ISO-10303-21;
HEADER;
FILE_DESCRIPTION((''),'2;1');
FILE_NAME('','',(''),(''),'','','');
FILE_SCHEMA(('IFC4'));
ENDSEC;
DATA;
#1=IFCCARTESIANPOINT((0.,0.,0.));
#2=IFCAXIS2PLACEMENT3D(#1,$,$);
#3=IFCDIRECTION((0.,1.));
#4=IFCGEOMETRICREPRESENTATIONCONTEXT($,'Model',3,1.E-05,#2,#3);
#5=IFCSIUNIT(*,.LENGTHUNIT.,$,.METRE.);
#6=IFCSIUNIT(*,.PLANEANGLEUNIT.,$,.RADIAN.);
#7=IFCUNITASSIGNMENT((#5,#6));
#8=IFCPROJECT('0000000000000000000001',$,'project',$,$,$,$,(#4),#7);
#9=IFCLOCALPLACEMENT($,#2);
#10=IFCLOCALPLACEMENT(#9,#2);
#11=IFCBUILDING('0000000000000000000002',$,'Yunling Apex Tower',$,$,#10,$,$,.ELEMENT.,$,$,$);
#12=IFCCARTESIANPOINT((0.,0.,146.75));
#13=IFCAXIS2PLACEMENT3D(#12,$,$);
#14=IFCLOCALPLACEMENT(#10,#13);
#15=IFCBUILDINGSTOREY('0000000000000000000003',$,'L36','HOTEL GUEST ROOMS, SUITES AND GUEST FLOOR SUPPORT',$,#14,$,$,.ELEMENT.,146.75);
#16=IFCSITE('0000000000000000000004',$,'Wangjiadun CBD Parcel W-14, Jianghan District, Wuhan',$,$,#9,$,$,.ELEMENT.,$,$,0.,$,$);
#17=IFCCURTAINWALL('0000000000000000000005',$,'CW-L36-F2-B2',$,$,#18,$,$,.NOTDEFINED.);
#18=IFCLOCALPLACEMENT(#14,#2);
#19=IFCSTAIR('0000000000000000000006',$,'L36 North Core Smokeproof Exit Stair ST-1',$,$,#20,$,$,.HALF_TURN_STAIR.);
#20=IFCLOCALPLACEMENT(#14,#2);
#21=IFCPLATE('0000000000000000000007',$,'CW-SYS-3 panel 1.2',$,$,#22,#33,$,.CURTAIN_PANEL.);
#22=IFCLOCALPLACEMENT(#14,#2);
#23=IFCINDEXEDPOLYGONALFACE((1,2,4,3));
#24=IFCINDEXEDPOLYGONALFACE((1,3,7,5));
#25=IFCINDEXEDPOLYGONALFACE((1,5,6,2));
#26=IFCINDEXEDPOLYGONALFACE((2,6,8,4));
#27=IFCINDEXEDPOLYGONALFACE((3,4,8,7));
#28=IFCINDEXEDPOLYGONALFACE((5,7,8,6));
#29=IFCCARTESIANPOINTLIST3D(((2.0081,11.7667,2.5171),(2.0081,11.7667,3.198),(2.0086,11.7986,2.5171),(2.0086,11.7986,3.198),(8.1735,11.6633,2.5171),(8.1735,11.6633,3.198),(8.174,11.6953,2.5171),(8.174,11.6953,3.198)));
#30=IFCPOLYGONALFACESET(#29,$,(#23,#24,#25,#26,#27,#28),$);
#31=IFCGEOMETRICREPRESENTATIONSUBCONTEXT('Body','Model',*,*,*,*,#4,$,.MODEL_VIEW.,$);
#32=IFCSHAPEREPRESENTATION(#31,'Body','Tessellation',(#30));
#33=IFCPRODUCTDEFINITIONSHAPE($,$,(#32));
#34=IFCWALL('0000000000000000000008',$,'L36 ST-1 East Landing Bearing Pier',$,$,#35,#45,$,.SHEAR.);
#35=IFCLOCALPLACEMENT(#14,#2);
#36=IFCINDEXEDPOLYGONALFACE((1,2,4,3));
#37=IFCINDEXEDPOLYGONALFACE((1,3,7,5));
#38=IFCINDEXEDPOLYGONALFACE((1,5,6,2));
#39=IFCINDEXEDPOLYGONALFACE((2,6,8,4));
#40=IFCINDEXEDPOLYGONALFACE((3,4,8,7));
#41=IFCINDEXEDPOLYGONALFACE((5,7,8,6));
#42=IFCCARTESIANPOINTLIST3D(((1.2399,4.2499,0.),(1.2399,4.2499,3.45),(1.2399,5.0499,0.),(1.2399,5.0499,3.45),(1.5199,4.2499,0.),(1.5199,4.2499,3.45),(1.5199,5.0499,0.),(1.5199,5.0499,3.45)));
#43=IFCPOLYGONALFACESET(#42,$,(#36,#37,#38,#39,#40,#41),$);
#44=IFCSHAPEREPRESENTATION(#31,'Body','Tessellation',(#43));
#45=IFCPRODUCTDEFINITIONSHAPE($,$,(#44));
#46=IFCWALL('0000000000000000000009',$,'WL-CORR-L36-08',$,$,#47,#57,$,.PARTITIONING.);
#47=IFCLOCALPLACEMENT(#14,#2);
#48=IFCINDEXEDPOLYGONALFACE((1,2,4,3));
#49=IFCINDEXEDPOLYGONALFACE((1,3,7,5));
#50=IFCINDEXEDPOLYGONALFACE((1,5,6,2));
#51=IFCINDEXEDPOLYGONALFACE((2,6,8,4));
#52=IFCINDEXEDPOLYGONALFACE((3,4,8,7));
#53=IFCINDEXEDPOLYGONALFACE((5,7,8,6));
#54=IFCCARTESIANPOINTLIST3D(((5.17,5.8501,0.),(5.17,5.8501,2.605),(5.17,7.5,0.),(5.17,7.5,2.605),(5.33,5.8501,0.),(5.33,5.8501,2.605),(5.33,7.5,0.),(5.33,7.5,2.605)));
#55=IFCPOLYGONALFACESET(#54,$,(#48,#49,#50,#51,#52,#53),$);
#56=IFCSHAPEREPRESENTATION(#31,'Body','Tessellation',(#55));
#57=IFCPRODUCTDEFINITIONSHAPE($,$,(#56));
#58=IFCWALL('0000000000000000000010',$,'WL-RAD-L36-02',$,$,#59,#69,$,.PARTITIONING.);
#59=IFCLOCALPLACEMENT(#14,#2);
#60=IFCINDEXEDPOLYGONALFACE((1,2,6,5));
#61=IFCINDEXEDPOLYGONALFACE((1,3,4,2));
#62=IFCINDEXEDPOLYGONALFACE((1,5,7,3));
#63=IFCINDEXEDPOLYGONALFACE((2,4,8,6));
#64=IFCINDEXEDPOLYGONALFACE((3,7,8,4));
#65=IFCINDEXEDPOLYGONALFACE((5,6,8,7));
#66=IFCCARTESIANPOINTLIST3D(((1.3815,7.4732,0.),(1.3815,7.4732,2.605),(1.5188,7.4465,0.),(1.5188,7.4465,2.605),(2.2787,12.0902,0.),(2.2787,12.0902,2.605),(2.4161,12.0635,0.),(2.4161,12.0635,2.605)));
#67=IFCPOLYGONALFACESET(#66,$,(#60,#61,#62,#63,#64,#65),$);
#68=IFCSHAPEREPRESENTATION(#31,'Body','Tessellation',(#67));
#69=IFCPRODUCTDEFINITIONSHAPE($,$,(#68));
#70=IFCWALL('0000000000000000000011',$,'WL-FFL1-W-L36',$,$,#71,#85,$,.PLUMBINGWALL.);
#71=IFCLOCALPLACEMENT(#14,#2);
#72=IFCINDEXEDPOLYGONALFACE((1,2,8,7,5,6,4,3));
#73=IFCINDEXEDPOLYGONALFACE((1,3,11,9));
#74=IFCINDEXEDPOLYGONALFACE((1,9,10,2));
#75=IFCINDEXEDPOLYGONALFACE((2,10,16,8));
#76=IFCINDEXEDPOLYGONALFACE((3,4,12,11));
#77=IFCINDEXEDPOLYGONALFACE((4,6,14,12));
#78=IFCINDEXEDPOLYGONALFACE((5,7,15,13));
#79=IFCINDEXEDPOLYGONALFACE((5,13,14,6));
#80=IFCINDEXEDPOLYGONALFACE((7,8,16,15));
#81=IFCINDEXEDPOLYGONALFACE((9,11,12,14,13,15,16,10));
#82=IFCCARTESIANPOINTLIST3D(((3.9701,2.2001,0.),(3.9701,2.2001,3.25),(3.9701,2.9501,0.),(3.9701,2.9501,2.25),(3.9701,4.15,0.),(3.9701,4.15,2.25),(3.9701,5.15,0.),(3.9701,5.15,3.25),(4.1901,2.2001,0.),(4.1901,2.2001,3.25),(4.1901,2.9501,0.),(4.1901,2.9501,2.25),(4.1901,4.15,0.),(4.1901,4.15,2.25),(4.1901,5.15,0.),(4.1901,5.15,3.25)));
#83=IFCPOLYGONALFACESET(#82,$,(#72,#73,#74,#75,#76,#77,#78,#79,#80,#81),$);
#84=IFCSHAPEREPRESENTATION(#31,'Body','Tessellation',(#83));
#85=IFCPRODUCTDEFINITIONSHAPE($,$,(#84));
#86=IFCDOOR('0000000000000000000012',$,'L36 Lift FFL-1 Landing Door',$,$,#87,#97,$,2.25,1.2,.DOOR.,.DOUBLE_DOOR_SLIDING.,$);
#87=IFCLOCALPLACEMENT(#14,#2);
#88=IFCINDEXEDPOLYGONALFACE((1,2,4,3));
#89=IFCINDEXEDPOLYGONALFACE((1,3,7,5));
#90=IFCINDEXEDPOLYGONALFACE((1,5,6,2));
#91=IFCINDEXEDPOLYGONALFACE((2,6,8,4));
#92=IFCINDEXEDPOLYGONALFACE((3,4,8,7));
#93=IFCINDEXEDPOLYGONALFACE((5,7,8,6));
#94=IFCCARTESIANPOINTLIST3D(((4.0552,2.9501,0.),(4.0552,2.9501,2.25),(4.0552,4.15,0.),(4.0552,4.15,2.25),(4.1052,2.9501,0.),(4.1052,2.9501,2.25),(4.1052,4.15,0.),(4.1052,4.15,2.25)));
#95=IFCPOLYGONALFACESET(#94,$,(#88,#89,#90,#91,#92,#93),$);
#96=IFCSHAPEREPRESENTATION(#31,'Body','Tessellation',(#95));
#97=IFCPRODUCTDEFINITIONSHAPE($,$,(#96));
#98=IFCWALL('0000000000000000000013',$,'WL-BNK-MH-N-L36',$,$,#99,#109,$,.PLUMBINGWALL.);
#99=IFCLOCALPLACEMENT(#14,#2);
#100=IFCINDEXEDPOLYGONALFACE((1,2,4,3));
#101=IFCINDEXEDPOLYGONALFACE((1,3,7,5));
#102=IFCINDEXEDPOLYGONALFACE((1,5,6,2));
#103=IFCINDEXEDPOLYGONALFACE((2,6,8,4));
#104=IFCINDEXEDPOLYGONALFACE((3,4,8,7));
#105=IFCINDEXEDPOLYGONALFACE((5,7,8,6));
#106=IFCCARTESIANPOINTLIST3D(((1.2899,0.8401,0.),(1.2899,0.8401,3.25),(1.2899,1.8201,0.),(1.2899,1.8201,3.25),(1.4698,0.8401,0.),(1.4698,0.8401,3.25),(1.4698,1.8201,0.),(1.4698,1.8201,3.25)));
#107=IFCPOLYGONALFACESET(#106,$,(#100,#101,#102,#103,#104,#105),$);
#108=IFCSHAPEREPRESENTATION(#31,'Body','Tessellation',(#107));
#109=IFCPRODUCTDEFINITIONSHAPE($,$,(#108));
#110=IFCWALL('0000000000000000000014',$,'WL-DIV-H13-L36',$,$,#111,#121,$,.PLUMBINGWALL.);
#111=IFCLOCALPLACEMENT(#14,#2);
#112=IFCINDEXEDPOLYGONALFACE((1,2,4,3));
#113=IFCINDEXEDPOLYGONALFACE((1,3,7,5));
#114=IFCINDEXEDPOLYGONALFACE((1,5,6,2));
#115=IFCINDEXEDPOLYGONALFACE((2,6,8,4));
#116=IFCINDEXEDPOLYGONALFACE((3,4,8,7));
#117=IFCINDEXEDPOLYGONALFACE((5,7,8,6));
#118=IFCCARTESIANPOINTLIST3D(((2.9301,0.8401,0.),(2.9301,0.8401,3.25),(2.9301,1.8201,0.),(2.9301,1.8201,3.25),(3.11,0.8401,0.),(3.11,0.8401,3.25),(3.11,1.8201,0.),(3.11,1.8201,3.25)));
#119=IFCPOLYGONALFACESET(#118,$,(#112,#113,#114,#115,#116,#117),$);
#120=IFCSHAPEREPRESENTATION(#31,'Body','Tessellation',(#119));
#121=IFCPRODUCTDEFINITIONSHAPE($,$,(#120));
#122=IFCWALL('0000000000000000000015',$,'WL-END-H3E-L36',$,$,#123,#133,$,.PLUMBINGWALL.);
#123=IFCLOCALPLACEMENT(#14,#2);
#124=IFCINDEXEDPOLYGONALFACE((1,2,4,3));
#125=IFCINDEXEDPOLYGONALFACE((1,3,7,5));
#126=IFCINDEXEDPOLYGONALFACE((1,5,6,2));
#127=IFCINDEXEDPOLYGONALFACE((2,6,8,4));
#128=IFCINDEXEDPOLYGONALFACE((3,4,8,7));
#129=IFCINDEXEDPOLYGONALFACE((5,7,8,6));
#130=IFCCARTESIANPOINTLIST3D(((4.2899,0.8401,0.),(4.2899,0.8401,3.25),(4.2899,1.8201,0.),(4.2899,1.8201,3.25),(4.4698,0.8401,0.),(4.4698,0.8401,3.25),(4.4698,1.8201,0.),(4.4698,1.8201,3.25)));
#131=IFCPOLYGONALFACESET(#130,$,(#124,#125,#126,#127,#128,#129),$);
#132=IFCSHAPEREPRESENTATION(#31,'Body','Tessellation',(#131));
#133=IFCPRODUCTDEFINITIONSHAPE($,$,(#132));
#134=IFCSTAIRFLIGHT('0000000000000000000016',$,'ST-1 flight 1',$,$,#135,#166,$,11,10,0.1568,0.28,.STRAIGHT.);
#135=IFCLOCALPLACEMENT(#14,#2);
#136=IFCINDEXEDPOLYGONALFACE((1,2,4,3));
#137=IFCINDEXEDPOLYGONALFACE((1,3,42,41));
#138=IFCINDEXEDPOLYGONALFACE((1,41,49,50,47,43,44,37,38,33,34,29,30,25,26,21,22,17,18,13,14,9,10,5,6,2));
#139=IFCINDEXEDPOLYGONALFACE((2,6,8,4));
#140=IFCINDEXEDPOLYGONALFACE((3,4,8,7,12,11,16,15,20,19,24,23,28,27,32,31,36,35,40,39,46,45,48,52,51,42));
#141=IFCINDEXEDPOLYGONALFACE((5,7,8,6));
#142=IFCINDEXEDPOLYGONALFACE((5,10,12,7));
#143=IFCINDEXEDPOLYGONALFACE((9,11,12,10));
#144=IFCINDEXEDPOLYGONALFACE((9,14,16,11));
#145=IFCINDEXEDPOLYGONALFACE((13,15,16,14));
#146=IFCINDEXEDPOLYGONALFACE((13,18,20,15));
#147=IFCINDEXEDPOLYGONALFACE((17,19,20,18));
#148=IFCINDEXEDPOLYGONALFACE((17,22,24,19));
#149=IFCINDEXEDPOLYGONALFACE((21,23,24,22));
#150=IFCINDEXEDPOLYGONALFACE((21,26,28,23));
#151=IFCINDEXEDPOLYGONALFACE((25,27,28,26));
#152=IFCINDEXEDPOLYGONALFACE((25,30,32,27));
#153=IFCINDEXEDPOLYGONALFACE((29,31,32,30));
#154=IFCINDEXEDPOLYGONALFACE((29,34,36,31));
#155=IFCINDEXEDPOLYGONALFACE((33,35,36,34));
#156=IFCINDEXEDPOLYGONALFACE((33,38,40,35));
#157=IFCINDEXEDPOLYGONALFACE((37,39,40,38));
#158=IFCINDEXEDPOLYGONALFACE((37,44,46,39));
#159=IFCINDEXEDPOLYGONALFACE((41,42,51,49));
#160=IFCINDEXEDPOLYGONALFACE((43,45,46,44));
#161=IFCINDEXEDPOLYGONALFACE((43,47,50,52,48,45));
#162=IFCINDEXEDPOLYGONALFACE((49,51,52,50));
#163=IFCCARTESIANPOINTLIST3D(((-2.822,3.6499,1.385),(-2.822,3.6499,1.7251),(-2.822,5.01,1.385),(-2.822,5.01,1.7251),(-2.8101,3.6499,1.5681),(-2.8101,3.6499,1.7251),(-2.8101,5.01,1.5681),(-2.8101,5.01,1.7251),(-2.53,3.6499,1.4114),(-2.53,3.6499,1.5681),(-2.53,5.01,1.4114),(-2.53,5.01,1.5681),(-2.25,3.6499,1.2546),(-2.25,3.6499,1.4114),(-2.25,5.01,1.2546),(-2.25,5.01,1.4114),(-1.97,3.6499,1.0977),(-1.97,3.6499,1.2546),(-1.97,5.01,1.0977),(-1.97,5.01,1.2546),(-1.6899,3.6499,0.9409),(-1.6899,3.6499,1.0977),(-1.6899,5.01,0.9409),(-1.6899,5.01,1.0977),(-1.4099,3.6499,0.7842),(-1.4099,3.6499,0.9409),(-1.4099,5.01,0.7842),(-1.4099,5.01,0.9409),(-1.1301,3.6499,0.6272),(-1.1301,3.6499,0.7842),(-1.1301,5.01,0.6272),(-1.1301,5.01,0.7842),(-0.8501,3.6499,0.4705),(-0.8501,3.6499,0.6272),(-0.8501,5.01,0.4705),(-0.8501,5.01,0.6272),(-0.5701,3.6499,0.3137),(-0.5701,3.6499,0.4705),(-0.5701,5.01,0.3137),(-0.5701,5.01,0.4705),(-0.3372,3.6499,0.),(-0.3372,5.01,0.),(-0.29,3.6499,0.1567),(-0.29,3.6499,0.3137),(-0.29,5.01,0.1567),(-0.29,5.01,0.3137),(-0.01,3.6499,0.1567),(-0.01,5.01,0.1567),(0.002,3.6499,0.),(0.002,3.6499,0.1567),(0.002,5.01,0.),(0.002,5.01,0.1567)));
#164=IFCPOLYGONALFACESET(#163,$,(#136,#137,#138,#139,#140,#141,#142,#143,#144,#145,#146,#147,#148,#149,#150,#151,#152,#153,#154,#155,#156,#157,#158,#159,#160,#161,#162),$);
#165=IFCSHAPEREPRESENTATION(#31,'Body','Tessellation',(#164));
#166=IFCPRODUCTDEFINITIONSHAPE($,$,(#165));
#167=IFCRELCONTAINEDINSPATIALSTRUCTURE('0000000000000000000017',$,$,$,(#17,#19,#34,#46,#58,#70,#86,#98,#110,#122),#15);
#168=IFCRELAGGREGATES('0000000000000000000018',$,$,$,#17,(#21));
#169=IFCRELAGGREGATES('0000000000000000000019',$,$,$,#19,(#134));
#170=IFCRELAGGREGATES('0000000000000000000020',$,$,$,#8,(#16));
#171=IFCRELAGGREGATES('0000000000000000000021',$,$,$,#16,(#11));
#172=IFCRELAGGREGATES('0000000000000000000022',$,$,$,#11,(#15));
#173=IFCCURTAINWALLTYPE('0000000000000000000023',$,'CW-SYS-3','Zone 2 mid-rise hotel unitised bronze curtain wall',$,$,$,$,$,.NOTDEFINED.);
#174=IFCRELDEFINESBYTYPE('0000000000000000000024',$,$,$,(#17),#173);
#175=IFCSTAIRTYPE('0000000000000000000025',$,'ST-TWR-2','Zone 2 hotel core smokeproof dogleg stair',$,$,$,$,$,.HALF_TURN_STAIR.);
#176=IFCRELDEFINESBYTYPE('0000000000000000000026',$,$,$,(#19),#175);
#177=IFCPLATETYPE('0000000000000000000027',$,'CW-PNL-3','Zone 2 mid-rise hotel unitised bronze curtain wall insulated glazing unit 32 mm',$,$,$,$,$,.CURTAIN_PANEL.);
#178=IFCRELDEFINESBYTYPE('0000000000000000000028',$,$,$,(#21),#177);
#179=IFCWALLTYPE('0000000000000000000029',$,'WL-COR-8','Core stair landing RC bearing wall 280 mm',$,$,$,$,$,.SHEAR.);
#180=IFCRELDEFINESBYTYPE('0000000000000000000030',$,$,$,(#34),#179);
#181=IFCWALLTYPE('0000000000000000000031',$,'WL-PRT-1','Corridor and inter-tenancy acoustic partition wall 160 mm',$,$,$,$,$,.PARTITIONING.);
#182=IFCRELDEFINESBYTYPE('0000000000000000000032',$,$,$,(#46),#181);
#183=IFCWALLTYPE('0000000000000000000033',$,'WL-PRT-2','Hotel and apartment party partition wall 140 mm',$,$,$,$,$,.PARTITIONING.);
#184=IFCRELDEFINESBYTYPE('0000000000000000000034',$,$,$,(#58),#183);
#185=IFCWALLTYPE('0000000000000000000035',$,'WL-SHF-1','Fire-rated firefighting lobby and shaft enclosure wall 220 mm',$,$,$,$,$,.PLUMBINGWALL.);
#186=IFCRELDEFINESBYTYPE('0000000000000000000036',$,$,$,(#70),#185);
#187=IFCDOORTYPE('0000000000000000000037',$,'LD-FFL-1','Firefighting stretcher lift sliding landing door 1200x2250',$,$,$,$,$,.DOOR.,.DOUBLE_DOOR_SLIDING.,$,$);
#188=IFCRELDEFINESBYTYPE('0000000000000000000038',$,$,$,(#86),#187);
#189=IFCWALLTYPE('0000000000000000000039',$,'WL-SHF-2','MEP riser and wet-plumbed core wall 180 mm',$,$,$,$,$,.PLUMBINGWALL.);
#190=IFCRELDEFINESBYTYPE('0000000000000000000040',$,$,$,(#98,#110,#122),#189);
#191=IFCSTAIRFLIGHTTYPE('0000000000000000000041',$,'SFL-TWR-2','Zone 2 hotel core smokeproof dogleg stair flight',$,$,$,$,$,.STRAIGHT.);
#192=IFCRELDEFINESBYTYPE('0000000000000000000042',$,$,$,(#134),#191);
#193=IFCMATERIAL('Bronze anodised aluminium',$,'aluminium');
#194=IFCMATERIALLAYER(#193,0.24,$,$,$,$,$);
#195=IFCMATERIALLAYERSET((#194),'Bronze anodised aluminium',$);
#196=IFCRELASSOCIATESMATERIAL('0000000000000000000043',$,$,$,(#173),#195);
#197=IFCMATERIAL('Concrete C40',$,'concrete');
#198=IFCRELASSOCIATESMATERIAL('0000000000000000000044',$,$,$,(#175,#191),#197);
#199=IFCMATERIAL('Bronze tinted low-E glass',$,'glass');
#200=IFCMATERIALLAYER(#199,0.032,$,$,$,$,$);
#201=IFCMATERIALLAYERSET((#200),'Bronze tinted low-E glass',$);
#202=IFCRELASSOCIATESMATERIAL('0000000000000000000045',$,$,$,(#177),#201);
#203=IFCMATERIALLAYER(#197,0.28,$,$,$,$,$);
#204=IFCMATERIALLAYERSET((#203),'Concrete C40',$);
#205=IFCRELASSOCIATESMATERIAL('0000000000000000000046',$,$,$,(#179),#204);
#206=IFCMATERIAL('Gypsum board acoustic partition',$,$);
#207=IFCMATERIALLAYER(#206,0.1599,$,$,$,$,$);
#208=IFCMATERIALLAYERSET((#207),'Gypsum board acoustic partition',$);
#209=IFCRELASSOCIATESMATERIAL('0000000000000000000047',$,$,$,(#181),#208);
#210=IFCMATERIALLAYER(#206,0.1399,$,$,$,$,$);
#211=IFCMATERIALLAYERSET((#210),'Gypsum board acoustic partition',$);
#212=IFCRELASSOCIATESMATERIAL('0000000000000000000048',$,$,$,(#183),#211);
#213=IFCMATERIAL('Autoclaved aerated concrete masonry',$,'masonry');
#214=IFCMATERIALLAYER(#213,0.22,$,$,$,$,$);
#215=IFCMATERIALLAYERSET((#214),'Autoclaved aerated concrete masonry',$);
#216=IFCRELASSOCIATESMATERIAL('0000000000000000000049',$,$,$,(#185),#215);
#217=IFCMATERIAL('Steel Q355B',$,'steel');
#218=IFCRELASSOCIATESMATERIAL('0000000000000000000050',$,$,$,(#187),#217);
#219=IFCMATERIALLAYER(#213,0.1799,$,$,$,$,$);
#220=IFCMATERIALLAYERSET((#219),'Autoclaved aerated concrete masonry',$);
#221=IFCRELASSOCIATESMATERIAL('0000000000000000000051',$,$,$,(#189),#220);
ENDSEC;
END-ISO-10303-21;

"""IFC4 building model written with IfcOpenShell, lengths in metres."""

from ifc_helpers import new_model, si_unit, direction, frame, frame_2d, origin, origin_2d, place, context, subcontext, project, spatial, polyline, rectangle, outline, extrude, source, transform, mapped, material, layer, layer_set, type_object, element, fill, aggregate, save


model = new_model("IFC4")

# Units and contexts
model_context = context("Model", 3, precision=1e-05, world=origin(), true_north=direction((0.0, 1.0)))
body_context = subcontext(model_context, "Body", "Model", "MODEL_VIEW")
ifc_project = project(units=[si_unit("LENGTHUNIT", "METRE"), si_unit("PLANEANGLEUNIT", "RADIAN")], contexts=[model_context])

# Site, building, storey
site_placement = place(None, origin())
site = spatial("IfcSite", under=ifc_project, at=site_placement, Name="Wangjiadun CBD Parcel W-14, Jianghan District, Wuhan", CompositionType="ELEMENT", RefElevation=0.0)
building_placement = place(site_placement, origin())
building = spatial("IfcBuilding", under=site, at=building_placement, Name="Yunling Apex Tower", CompositionType="ELEMENT")
storey_placement = place(building_placement, frame((0.0, 0.0, 146.75)))
storey = spatial("IfcBuildingStorey", under=building, at=storey_placement, Name="L36", Description="HOTEL GUEST ROOMS, SUITES AND GUEST FLOOR SUPPORT", CompositionType="ELEMENT", Elevation=146.75)

# Shared definitions
ifc_material_1 = material(Name="Steel Q355B", Category="steel")

# Curtain wall
ifc_material_2 = material(Name="Bronze anodised aluminium", Category="aluminium")
ifc_layer_1 = layer(ifc_material_2, 0.24)
ifc_layer_set_1 = layer_set([ifc_layer_1], Name="Bronze anodised aluminium")
curtain_wall_type = type_object("IfcCurtainWallType", Name="CW-SYS-3", Description="Zone 2 mid-rise hotel unitised bronze curtain wall", PredefinedType="NOTDEFINED", material=ifc_layer_set_1)
curtain_wall_1_placement = place(storey_placement, origin())
curtain_wall_1 = element("IfcCurtainWall", 1, at=curtain_wall_1_placement, inside=storey, type_object=curtain_wall_type, Name="CW-L36-F2-B2", PredefinedType="NOTDEFINED")

# Shared definitions
ifc_material_3 = material(Name="Concrete C40", Category="concrete")

# Stair
stair_type = type_object("IfcStairType", Name="ST-TWR-2", Description="Zone 2 hotel core smokeproof dogleg stair", PredefinedType="HALF_TURN_STAIR", material=ifc_material_3)
stair_1_placement = place(storey_placement, origin())
stair_1 = element("IfcStair", 2, at=stair_1_placement, inside=storey, type_object=stair_type, Name="L36 North Core Smokeproof Exit Stair ST-1", PredefinedType="HALF_TURN_STAIR")

# Plate
ifc_material_4 = material(Name="Bronze tinted low-E glass", Category="glass")
ifc_layer_2 = layer(ifc_material_4, 0.032)
ifc_layer_set_2 = layer_set([ifc_layer_2], Name="Bronze tinted low-E glass")
plate_type_1 = type_object("IfcPlateType", Name="CW-PNL-3", Description="Zone 2 mid-rise hotel unitised bronze curtain wall insulated glazing unit 32 mm", PredefinedType="CURTAIN_PANEL", material=ifc_layer_set_2)
shared_shape_1 = source(origin(), body_context, "Body", "SweptSolid", [
    extrude(rectangle(XDim=6.1663, YDim=0.032, at=origin_2d()), origin(), (0.0, 0.0, 1.0), 0.6809),
])
plate_1_placement = place(storey_placement, frame((5.0911, 11.731, 2.5171), z_axis=(0.0, 0.0, 1.0), x_axis=(-0.999859, 0.016767, 0.0)))
plate_1 = element("IfcPlate", 3, at=plate_1_placement, type_object=plate_type_1, Name="CW-SYS-3 panel 1.2", PredefinedType="CURTAIN_PANEL", context=body_context, shape_type="MappedRepresentation", body=[
    mapped(shared_shape_1, transform((0.0, 0.0, 0.0), scale=1.0)),
])
aggregate(curtain_wall_1, [plate_1])

# Walls
ifc_layer_3 = layer(ifc_material_3, 0.28)
ifc_layer_set_3 = layer_set([ifc_layer_3], Name="Concrete C40")
wall_type_1 = type_object("IfcWallType", Name="WL-COR-8", Description="Core stair landing RC bearing wall 280 mm", PredefinedType="SHEAR", material=ifc_layer_set_3)
wall_1_placement = place(storey_placement, frame((1.3799, 4.25, 0.0), z_axis=(0.0, 0.0, 1.0), x_axis=(0.0, 1.0, 0.0)))
element("IfcWall", 4, at=wall_1_placement, inside=storey, type_object=wall_type_1, Name="L36 ST-1 East Landing Bearing Pier", PredefinedType="SHEAR", context=body_context, shape_type="SweptSolid", body=[
    extrude(rectangle(XDim=0.8, YDim=0.28, at=frame_2d((0.3999, 0.0))), origin(), (0.0, 0.0, 1.0), 3.45),
])
ifc_material_5 = material(Name="Gypsum board acoustic partition")
ifc_layer_4 = layer(ifc_material_5, 0.1599)
ifc_layer_set_4 = layer_set([ifc_layer_4], Name="Gypsum board acoustic partition")
wall_type_2 = type_object("IfcWallType", Name="WL-PRT-1", Description="Corridor and inter-tenancy acoustic partition wall 160 mm", PredefinedType="PARTITIONING", material=ifc_layer_set_4)
wall_2_placement = place(storey_placement, frame((5.25, 7.5, 0.0), z_axis=(0.0, 0.0, 1.0), x_axis=(0.0, -1.0, 0.0)))
element("IfcWall", 5, at=wall_2_placement, inside=storey, type_object=wall_type_2, Name="WL-CORR-L36-08", PredefinedType="PARTITIONING", context=body_context, shape_type="SweptSolid", body=[
    extrude(rectangle(XDim=1.6499, YDim=0.1599, at=frame_2d((0.825, 0.0))), origin(), (0.0, 0.0, 1.0), 2.605),
])
ifc_layer_5 = layer(ifc_material_5, 0.1399)
ifc_layer_set_5 = layer_set([ifc_layer_5], Name="Gypsum board acoustic partition")
wall_type_3 = type_object("IfcWallType", Name="WL-PRT-2", Description="Hotel and apartment party partition wall 140 mm", PredefinedType="PARTITIONING", material=ifc_layer_set_5)
wall_3_placement = place(storey_placement, frame((1.4502, 7.46, 0.0), z_axis=(0.0, 0.0, 1.0), x_axis=(0.190763, 0.981636, 0.0)))
element("IfcWall", 6, at=wall_3_placement, inside=storey, type_object=wall_type_3, Name="WL-RAD-L36-02", PredefinedType="PARTITIONING", context=body_context, shape_type="SweptSolid", body=[
    extrude(rectangle(XDim=4.7034, YDim=0.1399, at=frame_2d((2.3516, 0.0))), origin(), (0.0, 0.0, 1.0), 2.605),
])

# Wall, opening, door
ifc_material_6 = material(Name="Autoclaved aerated concrete masonry", Category="masonry")
ifc_layer_6 = layer(ifc_material_6, 0.22)
ifc_layer_set_6 = layer_set([ifc_layer_6], Name="Autoclaved aerated concrete masonry")
wall_type_4 = type_object("IfcWallType", Name="WL-SHF-1", Description="Fire-rated firefighting lobby and shaft enclosure wall 220 mm", PredefinedType="PLUMBINGWALL", material=ifc_layer_set_6)
wall_4_placement = place(storey_placement, frame((4.0801, 2.2, 0.0), z_axis=(0.0, 0.0, 1.0), x_axis=(0.0, 1.0, 0.0)))
wall_4 = element("IfcWall", 7, at=wall_4_placement, inside=storey, type_object=wall_type_4, Name="WL-FFL1-W-L36", PredefinedType="PLUMBINGWALL", context=body_context, shape_type="SweptSolid", body=[
    extrude(rectangle(XDim=2.95, YDim=0.22, at=frame_2d((1.4751, 0.0))), origin(), (0.0, 0.0, 1.0), 3.25),
])
opening_1_placement = place(wall_4_placement, frame((0.75, 0.0, 0.0)))
opening_1 = element("IfcOpeningElement", 8, at=opening_1_placement, cuts=wall_4, PredefinedType="OPENING", context=body_context, shape_type="SweptSolid", body=[
    extrude(rectangle(XDim=1.2, YDim=2.25, at=frame_2d((0.6001, 1.125))), frame((0.0, 0.1201, 0.0), z_axis=(0.0, -1.0, 0.0), x_axis=(1.0, 0.0, 0.0)), (0.0, 0.0, 1.0), 0.24),
])
door_type_1 = type_object("IfcDoorType", Name="LD-FFL-1", Description="Firefighting stretcher lift sliding landing door 1200x2250", OperationType="DOUBLE_DOOR_SLIDING", PredefinedType="DOOR", material=ifc_material_1)
door_1_placement = place(opening_1_placement, origin())
door_1 = element("IfcDoor", 9, at=door_1_placement, inside=storey, type_object=door_type_1, Name="L36 Lift FFL-1 Landing Door", OperationType="DOUBLE_DOOR_SLIDING", OverallHeight=2.25, OverallWidth=1.2, PredefinedType="DOOR", context=body_context, shape_type="SweptSolid", body=[
    extrude(rectangle(XDim=1.2, YDim=2.25, at=frame_2d((0.6001, 1.125))), frame((0.0, 0.0249, 0.0), z_axis=(0.0, -1.0, 0.0), x_axis=(1.0, 0.0, 0.0)), (0.0, 0.0, 1.0), 0.05),
])
fill(opening_1, door_1)

# Walls
ifc_layer_7 = layer(ifc_material_6, 0.1799)
ifc_layer_set_7 = layer_set([ifc_layer_7], Name="Autoclaved aerated concrete masonry")
wall_type_5 = type_object("IfcWallType", Name="WL-SHF-2", Description="MEP riser and wet-plumbed core wall 180 mm", PredefinedType="PLUMBINGWALL", material=ifc_layer_set_7)
for number, where, z_axis, x_axis, name in (
    (10, (1.3799, 0.8401, 0.0), (0.0, 0.0, 1.0), (0.0, 1.0, 0.0), "WL-BNK-MH-N-L36"),
    (11, (3.02, 0.8401, 0.0), (0.0, 0.0, 1.0), (0.0, 1.0, 0.0), "WL-DIV-H13-L36"),
    (12, (4.3799, 0.8401, 0.0), (0.0, 0.0, 1.0), (0.0, 1.0, 0.0), "WL-END-H3E-L36"),
):
    element("IfcWall", number, at=place(storey_placement, frame(where, z_axis=z_axis, x_axis=x_axis)), inside=storey, type_object=wall_type_5, Name=name, PredefinedType="PLUMBINGWALL", context=body_context, shape_type="SweptSolid", body=[
        extrude(rectangle(XDim=0.98, YDim=0.1799, at=frame_2d((0.49, 0.0))), origin(), (0.0, 0.0, 1.0), 3.25),
    ])

# Stair flight
stair_flight_type = type_object("IfcStairFlightType", Name="SFL-TWR-2", Description="Zone 2 hotel core smokeproof dogleg stair flight", PredefinedType="STRAIGHT", material=ifc_material_3)
stair_flight_placement = place(storey_placement, frame((-0.01, 4.3301, 0.0), z_axis=(0.0, 0.0, 1.0), x_axis=(-1.0, 0.0, 0.0)))
stair_flight = element("IfcStairFlight", 13, at=stair_flight_placement, type_object=stair_flight_type, Name="ST-1 flight 1", NumberOfRisers=11, NumberOfTreads=10, PredefinedType="STRAIGHT", RiserHeight=0.1568, TreadLength=0.28, context=body_context, shape_type="SweptSolid", body=[
    extrude(outline(polyline([(-0.012, 0.0), (-0.012, 0.1567), (0.0, 0.1567), (0.28, 0.1567), (0.28, 0.3137), (0.5601, 0.3137), (0.5601, 0.4705), (0.8401, 0.4705), (0.8401, 0.6272), (1.1201, 0.6272), (1.1201, 0.7842), (1.3999, 0.7842), (1.3999, 0.9409), (1.6799, 0.9409), (1.6799, 1.0977), (1.96, 1.0977), (1.96, 1.2546), (2.24, 1.2546), (2.24, 1.4114), (2.52, 1.4114), (2.52, 1.5681), (2.8, 1.5681), (2.8, 1.7251), (2.812, 1.7251), (2.812, 1.385), (0.3271, 0.0), (-0.012, 0.0)])), frame((0.0, 0.6802, 0.0), z_axis=(0.0, -1.0, 0.0), x_axis=(1.0, 0.0, 0.0)), (0.0, 0.0, 1.0), 1.3601),
])
aggregate(stair_1, [stair_flight])

save(model, "model.ifc")
